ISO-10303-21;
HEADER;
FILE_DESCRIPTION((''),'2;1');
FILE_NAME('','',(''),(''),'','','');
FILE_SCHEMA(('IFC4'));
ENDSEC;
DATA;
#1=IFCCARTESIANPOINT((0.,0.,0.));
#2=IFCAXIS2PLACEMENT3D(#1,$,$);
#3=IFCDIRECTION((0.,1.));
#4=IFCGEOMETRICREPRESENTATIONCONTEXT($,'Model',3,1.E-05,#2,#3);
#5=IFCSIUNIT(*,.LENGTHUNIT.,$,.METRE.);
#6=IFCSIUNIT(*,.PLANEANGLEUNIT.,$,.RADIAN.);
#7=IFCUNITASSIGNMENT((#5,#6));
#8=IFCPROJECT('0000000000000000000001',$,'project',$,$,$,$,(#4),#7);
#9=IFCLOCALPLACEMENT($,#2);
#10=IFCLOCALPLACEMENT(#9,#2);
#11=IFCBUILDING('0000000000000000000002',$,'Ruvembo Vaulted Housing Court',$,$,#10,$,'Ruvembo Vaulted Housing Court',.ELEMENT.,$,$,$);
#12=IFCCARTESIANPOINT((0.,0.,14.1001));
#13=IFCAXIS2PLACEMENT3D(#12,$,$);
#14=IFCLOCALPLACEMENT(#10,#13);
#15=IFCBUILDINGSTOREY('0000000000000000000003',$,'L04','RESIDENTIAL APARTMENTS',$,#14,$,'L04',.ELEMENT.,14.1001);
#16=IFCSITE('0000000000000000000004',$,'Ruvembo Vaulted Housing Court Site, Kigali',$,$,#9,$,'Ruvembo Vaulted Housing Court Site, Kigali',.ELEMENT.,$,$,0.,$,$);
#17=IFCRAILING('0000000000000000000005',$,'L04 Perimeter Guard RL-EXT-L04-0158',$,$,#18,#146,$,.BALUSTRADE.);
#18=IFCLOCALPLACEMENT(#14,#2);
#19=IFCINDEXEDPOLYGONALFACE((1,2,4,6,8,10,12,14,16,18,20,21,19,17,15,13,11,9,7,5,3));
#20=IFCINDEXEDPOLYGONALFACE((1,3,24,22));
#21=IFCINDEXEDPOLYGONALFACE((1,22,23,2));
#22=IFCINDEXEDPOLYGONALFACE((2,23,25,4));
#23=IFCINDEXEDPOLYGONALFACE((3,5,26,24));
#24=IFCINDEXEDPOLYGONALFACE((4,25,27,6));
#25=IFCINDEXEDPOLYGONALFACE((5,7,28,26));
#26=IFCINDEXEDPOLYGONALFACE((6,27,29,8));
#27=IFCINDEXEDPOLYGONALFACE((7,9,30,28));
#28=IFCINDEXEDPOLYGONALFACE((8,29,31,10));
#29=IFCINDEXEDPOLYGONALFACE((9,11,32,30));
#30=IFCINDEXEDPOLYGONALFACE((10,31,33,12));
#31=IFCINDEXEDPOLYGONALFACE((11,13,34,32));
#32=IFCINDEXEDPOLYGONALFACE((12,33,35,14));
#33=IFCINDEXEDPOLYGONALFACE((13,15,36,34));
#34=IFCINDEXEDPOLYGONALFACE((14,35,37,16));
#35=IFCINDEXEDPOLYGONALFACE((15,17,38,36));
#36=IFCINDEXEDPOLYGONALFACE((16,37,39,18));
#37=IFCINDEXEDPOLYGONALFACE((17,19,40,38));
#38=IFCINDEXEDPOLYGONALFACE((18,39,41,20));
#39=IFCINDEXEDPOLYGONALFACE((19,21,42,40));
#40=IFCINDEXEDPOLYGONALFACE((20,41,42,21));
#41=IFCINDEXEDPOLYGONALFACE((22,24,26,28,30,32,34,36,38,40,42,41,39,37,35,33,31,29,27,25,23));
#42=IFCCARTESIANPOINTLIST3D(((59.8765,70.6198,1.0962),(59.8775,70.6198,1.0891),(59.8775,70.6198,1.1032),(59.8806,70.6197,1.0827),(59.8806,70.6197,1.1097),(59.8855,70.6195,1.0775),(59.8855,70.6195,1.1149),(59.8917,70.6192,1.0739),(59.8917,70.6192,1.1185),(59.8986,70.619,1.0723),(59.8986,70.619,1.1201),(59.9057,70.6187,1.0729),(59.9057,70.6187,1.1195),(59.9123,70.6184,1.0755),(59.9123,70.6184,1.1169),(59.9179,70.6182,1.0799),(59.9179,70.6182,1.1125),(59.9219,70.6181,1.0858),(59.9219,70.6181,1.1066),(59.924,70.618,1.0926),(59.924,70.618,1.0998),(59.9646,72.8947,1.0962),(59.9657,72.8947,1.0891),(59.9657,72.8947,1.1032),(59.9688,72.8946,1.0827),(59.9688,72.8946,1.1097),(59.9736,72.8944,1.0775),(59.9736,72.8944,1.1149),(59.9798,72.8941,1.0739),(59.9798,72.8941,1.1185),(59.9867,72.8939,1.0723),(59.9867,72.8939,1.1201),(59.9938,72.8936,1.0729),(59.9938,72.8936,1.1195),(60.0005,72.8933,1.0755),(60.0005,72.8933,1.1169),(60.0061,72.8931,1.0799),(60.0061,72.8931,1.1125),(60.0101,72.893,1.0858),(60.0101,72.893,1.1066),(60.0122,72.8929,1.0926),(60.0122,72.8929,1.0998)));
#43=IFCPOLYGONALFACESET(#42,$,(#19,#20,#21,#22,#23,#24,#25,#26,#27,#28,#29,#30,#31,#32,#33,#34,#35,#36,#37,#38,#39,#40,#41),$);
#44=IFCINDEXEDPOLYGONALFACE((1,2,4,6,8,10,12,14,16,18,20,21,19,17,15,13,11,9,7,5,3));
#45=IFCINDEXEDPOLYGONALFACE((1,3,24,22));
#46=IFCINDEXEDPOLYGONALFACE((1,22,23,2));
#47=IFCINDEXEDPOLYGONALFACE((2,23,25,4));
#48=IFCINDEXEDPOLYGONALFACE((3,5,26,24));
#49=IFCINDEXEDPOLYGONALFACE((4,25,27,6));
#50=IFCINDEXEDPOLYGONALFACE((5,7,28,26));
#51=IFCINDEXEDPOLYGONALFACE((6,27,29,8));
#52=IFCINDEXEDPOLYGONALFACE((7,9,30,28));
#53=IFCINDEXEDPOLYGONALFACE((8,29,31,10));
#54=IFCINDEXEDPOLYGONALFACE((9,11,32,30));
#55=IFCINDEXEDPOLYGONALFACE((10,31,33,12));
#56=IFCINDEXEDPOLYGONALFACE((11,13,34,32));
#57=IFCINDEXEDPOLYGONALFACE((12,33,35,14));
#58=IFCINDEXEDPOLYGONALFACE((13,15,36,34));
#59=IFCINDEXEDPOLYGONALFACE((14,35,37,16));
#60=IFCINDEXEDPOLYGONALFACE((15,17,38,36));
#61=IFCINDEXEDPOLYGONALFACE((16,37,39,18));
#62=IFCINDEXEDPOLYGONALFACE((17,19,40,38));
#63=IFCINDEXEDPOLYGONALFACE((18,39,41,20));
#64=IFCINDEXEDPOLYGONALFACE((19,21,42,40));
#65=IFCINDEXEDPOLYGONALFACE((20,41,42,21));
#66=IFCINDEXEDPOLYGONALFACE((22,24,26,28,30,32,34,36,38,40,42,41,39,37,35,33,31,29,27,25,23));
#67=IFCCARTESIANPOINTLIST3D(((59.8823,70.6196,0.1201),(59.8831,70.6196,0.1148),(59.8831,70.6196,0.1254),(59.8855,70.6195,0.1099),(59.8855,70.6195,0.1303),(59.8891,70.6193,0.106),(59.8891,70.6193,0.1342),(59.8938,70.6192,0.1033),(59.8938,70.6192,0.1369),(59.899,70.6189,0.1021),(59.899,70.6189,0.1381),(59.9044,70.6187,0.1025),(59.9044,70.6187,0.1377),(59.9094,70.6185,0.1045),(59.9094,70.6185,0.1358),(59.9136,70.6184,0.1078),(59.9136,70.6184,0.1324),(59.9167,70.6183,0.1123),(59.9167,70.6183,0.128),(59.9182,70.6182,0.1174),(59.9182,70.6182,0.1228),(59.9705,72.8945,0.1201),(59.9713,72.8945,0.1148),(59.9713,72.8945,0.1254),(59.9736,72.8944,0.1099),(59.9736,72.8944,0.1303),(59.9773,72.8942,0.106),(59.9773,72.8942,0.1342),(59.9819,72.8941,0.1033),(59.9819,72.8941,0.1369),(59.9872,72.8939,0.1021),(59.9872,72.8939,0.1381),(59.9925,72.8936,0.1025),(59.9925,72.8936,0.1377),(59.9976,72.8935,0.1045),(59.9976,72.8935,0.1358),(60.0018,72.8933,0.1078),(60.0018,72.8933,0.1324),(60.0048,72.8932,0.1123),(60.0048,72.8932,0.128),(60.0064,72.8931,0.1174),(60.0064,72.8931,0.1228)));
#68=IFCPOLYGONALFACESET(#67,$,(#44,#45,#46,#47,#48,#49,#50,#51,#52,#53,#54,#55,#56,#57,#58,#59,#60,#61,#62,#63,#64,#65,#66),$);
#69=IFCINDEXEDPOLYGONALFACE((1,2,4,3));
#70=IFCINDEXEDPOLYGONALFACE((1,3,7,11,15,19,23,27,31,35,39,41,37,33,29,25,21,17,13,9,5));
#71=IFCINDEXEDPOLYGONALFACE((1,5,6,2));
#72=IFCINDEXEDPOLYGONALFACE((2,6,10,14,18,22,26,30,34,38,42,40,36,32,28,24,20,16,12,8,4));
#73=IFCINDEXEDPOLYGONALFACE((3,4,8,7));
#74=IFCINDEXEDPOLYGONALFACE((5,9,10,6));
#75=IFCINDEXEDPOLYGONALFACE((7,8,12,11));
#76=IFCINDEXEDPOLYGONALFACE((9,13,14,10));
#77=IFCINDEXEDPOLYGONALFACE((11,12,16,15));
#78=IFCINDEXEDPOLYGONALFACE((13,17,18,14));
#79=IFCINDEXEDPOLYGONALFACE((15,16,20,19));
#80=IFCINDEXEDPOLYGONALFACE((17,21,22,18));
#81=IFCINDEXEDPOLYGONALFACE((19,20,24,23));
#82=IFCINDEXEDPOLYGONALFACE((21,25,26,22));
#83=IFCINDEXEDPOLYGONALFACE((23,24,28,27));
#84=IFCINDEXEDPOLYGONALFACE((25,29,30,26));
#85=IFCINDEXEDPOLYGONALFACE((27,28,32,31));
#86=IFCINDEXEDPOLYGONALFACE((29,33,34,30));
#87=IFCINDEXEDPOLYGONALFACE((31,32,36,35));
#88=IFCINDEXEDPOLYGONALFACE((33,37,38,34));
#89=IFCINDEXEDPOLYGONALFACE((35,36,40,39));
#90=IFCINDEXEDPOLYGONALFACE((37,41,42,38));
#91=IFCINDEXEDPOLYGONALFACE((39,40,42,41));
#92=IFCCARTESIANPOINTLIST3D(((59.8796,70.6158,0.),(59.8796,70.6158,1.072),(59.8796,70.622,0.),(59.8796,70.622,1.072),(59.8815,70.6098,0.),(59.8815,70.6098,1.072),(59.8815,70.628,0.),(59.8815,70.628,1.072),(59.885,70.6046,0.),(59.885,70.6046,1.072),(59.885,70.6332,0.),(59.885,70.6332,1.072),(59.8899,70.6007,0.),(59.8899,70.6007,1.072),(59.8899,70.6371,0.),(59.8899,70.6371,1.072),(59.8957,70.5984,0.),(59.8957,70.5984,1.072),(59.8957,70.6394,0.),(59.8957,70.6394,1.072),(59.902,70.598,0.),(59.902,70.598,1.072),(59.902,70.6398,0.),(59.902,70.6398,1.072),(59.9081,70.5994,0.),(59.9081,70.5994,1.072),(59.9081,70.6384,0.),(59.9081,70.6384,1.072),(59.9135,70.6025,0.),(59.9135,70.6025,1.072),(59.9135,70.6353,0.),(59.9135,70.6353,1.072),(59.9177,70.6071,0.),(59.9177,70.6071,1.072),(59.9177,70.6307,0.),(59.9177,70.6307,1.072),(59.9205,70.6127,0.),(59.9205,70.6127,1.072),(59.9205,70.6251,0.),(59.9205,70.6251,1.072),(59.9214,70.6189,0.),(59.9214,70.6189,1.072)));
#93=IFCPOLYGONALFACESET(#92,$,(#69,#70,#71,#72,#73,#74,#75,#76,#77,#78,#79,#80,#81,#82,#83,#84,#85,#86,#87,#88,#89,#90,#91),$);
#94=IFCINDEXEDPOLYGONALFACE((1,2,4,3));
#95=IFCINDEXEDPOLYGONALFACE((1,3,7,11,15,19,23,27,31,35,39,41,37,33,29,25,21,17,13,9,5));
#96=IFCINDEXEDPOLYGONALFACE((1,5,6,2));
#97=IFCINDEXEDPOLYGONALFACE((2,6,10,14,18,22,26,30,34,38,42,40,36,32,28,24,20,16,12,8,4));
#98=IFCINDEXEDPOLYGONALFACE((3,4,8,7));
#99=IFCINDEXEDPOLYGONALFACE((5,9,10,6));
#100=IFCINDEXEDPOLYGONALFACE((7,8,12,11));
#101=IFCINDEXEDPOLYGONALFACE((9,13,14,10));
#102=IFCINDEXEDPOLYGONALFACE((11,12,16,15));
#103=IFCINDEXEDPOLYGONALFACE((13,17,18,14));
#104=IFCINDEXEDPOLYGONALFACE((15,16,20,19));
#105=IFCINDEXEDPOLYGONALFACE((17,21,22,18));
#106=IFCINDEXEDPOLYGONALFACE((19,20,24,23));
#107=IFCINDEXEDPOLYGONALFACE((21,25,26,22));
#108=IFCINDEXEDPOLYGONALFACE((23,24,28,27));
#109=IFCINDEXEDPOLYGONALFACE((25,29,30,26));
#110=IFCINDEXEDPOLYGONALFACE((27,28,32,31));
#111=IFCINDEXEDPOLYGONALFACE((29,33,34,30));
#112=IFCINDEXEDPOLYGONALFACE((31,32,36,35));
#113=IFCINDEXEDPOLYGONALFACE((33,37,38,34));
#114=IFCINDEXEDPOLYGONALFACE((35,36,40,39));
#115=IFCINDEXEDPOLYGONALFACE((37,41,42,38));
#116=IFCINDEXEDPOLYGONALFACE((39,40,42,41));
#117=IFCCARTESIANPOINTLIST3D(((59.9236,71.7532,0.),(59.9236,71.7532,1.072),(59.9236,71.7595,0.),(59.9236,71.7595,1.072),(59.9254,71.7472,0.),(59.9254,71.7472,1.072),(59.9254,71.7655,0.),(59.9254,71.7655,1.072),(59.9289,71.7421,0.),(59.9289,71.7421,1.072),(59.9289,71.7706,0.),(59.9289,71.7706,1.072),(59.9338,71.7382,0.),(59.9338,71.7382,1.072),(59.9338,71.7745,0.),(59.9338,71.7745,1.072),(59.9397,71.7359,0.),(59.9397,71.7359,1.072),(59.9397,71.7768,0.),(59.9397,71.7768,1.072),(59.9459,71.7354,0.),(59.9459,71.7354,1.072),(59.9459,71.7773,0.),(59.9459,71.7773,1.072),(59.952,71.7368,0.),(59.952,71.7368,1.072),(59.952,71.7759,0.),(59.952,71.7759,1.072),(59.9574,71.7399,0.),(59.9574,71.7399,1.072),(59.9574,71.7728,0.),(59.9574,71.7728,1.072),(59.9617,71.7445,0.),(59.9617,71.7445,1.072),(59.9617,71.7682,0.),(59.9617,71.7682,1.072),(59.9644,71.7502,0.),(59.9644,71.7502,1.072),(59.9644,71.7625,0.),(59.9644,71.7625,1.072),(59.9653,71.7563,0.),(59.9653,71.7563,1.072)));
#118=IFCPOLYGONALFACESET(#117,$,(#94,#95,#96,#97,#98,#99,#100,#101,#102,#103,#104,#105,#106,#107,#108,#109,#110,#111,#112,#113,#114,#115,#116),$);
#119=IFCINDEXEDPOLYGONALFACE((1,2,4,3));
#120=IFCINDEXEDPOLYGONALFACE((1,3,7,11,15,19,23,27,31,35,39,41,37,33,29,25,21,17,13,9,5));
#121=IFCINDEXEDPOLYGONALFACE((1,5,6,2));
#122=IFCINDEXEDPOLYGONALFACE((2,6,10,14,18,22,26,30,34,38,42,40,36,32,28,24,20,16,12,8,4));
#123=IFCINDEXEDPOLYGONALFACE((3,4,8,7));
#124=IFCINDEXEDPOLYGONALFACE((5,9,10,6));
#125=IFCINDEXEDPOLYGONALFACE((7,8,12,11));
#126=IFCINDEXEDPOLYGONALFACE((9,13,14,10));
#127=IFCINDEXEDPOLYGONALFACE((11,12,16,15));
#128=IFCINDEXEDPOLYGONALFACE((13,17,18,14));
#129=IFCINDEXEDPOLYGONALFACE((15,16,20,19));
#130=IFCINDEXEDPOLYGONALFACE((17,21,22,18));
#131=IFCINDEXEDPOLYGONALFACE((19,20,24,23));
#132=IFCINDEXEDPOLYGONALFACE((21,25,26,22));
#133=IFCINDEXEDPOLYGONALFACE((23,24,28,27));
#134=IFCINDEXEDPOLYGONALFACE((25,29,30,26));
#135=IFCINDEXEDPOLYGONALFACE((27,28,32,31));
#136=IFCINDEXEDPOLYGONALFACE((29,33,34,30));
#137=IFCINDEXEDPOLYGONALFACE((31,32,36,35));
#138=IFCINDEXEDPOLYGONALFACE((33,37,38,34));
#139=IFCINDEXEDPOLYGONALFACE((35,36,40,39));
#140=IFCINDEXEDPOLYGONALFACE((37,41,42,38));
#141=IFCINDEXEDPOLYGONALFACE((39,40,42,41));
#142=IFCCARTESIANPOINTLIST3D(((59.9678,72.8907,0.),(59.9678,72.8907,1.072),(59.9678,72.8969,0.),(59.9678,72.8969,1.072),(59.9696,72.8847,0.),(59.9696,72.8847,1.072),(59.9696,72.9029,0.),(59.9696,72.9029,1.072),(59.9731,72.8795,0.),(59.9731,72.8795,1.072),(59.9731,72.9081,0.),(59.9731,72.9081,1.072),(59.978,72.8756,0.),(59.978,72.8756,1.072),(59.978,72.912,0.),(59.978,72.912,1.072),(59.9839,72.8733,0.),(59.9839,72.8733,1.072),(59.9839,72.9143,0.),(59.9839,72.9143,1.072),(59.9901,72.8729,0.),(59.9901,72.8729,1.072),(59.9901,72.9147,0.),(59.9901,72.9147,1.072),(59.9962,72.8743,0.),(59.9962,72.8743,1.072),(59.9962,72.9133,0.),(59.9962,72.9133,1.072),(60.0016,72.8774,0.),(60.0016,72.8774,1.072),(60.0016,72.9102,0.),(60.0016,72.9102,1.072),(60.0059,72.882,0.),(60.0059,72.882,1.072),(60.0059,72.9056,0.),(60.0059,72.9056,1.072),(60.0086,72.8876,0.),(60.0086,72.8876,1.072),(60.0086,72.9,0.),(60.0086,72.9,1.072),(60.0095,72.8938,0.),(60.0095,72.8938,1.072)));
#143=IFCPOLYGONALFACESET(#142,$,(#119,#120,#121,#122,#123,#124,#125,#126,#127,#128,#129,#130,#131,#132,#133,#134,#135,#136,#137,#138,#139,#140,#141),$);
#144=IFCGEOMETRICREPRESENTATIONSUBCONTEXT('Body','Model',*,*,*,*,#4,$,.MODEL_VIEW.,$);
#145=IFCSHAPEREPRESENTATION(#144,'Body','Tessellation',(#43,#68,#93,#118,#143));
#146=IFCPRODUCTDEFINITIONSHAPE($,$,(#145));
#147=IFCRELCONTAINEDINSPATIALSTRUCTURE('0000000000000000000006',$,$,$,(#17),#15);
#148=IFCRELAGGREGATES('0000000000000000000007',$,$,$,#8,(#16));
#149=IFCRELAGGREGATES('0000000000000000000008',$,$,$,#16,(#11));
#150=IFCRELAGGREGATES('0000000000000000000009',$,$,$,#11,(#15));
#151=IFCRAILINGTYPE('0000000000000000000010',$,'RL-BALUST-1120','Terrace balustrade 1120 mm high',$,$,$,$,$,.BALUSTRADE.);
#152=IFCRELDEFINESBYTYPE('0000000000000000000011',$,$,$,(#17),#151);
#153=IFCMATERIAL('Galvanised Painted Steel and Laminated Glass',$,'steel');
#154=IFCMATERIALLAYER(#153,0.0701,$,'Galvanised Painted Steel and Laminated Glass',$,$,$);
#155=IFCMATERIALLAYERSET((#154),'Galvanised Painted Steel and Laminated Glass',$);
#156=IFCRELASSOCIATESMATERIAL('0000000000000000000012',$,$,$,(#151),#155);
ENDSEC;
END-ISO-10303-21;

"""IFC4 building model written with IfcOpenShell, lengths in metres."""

from ifc_helpers import new_model, si_unit, direction, frame, origin, origin_2d, place, context, subcontext, project, spatial, circle, extrude, material, layer, layer_set, type_object, element, save


model = new_model("IFC4")

# Units and contexts
model_context = context("Model", 3, precision=1e-05, world=origin(), true_north=direction((0.0, 1.0)))
body_context = subcontext(model_context, "Body", "Model", "MODEL_VIEW")
ifc_project = project(units=[si_unit("LENGTHUNIT", "METRE"), si_unit("PLANEANGLEUNIT", "RADIAN")], contexts=[model_context])

# Site, building, storey
site_placement = place(None, origin())
site = spatial("IfcSite", under=ifc_project, at=site_placement, Name="Ruvembo Vaulted Housing Court Site, Kigali", LongName="Ruvembo Vaulted Housing Court Site, Kigali", CompositionType="ELEMENT", RefElevation=0.0)
building_placement = place(site_placement, origin())
building = spatial("IfcBuilding", under=site, at=building_placement, Name="Ruvembo Vaulted Housing Court", LongName="Ruvembo Vaulted Housing Court", CompositionType="ELEMENT")
storey_placement = place(building_placement, frame((0.0, 0.0, 14.1001)))
storey = spatial("IfcBuildingStorey", under=building, at=storey_placement, Name="L04", Description="RESIDENTIAL APARTMENTS", LongName="L04", CompositionType="ELEMENT", Elevation=14.1001)

# Railing
ifc_material_1 = material(Name="Galvanised Painted Steel and Laminated Glass", Category="steel")
ifc_layer_1 = layer(ifc_material_1, 0.0701, Name="Galvanised Painted Steel and Laminated Glass")
ifc_layer_set_1 = layer_set([ifc_layer_1], Name="Galvanised Painted Steel and Laminated Glass")
railing_type_1 = type_object("IfcRailingType", Name="RL-BALUST-1120", Description="Terrace balustrade 1120 mm high", PredefinedType="BALUSTRADE", material=ifc_layer_set_1)
railing_1_placement = place(storey_placement, frame((59.9004, 70.6189, 0.0)))
element("IfcRailing", 1, at=railing_1_placement, inside=storey, type_object=railing_type_1, Name="L04 Perimeter Guard RL-EXT-L04-0158", PredefinedType="BALUSTRADE", context=body_context, shape_type="SweptSolid", body=[
    extrude(circle(Radius=0.0239, at=origin_2d()), frame((0.0, 0.0, 1.0962), z_axis=(0.038713, 0.99925, 0.0), x_axis=(-0.99925, 0.038713, 0.0)), (0.0, 0.0, 1.0), 2.2766),
    extrude(circle(Radius=0.0181, at=origin_2d()), frame((0.0, 0.0, 0.1201), z_axis=(0.038713, 0.99925, 0.0), x_axis=(-0.99925, 0.038713, 0.0)), (0.0, 0.0, 1.0), 2.2766),
    extrude(circle(Radius=0.021, at=origin_2d()), origin(), (0.0, 0.0, 1.0), 1.072),
    extrude(circle(Radius=0.021, at=origin_2d()), frame((0.0439, 1.1375, 0.0)), (0.0, 0.0, 1.0), 1.072),
    extrude(circle(Radius=0.021, at=origin_2d()), frame((0.0881, 2.2749, 0.0)), (0.0, 0.0, 1.0), 1.072),
])

save(model, "model.ifc")
